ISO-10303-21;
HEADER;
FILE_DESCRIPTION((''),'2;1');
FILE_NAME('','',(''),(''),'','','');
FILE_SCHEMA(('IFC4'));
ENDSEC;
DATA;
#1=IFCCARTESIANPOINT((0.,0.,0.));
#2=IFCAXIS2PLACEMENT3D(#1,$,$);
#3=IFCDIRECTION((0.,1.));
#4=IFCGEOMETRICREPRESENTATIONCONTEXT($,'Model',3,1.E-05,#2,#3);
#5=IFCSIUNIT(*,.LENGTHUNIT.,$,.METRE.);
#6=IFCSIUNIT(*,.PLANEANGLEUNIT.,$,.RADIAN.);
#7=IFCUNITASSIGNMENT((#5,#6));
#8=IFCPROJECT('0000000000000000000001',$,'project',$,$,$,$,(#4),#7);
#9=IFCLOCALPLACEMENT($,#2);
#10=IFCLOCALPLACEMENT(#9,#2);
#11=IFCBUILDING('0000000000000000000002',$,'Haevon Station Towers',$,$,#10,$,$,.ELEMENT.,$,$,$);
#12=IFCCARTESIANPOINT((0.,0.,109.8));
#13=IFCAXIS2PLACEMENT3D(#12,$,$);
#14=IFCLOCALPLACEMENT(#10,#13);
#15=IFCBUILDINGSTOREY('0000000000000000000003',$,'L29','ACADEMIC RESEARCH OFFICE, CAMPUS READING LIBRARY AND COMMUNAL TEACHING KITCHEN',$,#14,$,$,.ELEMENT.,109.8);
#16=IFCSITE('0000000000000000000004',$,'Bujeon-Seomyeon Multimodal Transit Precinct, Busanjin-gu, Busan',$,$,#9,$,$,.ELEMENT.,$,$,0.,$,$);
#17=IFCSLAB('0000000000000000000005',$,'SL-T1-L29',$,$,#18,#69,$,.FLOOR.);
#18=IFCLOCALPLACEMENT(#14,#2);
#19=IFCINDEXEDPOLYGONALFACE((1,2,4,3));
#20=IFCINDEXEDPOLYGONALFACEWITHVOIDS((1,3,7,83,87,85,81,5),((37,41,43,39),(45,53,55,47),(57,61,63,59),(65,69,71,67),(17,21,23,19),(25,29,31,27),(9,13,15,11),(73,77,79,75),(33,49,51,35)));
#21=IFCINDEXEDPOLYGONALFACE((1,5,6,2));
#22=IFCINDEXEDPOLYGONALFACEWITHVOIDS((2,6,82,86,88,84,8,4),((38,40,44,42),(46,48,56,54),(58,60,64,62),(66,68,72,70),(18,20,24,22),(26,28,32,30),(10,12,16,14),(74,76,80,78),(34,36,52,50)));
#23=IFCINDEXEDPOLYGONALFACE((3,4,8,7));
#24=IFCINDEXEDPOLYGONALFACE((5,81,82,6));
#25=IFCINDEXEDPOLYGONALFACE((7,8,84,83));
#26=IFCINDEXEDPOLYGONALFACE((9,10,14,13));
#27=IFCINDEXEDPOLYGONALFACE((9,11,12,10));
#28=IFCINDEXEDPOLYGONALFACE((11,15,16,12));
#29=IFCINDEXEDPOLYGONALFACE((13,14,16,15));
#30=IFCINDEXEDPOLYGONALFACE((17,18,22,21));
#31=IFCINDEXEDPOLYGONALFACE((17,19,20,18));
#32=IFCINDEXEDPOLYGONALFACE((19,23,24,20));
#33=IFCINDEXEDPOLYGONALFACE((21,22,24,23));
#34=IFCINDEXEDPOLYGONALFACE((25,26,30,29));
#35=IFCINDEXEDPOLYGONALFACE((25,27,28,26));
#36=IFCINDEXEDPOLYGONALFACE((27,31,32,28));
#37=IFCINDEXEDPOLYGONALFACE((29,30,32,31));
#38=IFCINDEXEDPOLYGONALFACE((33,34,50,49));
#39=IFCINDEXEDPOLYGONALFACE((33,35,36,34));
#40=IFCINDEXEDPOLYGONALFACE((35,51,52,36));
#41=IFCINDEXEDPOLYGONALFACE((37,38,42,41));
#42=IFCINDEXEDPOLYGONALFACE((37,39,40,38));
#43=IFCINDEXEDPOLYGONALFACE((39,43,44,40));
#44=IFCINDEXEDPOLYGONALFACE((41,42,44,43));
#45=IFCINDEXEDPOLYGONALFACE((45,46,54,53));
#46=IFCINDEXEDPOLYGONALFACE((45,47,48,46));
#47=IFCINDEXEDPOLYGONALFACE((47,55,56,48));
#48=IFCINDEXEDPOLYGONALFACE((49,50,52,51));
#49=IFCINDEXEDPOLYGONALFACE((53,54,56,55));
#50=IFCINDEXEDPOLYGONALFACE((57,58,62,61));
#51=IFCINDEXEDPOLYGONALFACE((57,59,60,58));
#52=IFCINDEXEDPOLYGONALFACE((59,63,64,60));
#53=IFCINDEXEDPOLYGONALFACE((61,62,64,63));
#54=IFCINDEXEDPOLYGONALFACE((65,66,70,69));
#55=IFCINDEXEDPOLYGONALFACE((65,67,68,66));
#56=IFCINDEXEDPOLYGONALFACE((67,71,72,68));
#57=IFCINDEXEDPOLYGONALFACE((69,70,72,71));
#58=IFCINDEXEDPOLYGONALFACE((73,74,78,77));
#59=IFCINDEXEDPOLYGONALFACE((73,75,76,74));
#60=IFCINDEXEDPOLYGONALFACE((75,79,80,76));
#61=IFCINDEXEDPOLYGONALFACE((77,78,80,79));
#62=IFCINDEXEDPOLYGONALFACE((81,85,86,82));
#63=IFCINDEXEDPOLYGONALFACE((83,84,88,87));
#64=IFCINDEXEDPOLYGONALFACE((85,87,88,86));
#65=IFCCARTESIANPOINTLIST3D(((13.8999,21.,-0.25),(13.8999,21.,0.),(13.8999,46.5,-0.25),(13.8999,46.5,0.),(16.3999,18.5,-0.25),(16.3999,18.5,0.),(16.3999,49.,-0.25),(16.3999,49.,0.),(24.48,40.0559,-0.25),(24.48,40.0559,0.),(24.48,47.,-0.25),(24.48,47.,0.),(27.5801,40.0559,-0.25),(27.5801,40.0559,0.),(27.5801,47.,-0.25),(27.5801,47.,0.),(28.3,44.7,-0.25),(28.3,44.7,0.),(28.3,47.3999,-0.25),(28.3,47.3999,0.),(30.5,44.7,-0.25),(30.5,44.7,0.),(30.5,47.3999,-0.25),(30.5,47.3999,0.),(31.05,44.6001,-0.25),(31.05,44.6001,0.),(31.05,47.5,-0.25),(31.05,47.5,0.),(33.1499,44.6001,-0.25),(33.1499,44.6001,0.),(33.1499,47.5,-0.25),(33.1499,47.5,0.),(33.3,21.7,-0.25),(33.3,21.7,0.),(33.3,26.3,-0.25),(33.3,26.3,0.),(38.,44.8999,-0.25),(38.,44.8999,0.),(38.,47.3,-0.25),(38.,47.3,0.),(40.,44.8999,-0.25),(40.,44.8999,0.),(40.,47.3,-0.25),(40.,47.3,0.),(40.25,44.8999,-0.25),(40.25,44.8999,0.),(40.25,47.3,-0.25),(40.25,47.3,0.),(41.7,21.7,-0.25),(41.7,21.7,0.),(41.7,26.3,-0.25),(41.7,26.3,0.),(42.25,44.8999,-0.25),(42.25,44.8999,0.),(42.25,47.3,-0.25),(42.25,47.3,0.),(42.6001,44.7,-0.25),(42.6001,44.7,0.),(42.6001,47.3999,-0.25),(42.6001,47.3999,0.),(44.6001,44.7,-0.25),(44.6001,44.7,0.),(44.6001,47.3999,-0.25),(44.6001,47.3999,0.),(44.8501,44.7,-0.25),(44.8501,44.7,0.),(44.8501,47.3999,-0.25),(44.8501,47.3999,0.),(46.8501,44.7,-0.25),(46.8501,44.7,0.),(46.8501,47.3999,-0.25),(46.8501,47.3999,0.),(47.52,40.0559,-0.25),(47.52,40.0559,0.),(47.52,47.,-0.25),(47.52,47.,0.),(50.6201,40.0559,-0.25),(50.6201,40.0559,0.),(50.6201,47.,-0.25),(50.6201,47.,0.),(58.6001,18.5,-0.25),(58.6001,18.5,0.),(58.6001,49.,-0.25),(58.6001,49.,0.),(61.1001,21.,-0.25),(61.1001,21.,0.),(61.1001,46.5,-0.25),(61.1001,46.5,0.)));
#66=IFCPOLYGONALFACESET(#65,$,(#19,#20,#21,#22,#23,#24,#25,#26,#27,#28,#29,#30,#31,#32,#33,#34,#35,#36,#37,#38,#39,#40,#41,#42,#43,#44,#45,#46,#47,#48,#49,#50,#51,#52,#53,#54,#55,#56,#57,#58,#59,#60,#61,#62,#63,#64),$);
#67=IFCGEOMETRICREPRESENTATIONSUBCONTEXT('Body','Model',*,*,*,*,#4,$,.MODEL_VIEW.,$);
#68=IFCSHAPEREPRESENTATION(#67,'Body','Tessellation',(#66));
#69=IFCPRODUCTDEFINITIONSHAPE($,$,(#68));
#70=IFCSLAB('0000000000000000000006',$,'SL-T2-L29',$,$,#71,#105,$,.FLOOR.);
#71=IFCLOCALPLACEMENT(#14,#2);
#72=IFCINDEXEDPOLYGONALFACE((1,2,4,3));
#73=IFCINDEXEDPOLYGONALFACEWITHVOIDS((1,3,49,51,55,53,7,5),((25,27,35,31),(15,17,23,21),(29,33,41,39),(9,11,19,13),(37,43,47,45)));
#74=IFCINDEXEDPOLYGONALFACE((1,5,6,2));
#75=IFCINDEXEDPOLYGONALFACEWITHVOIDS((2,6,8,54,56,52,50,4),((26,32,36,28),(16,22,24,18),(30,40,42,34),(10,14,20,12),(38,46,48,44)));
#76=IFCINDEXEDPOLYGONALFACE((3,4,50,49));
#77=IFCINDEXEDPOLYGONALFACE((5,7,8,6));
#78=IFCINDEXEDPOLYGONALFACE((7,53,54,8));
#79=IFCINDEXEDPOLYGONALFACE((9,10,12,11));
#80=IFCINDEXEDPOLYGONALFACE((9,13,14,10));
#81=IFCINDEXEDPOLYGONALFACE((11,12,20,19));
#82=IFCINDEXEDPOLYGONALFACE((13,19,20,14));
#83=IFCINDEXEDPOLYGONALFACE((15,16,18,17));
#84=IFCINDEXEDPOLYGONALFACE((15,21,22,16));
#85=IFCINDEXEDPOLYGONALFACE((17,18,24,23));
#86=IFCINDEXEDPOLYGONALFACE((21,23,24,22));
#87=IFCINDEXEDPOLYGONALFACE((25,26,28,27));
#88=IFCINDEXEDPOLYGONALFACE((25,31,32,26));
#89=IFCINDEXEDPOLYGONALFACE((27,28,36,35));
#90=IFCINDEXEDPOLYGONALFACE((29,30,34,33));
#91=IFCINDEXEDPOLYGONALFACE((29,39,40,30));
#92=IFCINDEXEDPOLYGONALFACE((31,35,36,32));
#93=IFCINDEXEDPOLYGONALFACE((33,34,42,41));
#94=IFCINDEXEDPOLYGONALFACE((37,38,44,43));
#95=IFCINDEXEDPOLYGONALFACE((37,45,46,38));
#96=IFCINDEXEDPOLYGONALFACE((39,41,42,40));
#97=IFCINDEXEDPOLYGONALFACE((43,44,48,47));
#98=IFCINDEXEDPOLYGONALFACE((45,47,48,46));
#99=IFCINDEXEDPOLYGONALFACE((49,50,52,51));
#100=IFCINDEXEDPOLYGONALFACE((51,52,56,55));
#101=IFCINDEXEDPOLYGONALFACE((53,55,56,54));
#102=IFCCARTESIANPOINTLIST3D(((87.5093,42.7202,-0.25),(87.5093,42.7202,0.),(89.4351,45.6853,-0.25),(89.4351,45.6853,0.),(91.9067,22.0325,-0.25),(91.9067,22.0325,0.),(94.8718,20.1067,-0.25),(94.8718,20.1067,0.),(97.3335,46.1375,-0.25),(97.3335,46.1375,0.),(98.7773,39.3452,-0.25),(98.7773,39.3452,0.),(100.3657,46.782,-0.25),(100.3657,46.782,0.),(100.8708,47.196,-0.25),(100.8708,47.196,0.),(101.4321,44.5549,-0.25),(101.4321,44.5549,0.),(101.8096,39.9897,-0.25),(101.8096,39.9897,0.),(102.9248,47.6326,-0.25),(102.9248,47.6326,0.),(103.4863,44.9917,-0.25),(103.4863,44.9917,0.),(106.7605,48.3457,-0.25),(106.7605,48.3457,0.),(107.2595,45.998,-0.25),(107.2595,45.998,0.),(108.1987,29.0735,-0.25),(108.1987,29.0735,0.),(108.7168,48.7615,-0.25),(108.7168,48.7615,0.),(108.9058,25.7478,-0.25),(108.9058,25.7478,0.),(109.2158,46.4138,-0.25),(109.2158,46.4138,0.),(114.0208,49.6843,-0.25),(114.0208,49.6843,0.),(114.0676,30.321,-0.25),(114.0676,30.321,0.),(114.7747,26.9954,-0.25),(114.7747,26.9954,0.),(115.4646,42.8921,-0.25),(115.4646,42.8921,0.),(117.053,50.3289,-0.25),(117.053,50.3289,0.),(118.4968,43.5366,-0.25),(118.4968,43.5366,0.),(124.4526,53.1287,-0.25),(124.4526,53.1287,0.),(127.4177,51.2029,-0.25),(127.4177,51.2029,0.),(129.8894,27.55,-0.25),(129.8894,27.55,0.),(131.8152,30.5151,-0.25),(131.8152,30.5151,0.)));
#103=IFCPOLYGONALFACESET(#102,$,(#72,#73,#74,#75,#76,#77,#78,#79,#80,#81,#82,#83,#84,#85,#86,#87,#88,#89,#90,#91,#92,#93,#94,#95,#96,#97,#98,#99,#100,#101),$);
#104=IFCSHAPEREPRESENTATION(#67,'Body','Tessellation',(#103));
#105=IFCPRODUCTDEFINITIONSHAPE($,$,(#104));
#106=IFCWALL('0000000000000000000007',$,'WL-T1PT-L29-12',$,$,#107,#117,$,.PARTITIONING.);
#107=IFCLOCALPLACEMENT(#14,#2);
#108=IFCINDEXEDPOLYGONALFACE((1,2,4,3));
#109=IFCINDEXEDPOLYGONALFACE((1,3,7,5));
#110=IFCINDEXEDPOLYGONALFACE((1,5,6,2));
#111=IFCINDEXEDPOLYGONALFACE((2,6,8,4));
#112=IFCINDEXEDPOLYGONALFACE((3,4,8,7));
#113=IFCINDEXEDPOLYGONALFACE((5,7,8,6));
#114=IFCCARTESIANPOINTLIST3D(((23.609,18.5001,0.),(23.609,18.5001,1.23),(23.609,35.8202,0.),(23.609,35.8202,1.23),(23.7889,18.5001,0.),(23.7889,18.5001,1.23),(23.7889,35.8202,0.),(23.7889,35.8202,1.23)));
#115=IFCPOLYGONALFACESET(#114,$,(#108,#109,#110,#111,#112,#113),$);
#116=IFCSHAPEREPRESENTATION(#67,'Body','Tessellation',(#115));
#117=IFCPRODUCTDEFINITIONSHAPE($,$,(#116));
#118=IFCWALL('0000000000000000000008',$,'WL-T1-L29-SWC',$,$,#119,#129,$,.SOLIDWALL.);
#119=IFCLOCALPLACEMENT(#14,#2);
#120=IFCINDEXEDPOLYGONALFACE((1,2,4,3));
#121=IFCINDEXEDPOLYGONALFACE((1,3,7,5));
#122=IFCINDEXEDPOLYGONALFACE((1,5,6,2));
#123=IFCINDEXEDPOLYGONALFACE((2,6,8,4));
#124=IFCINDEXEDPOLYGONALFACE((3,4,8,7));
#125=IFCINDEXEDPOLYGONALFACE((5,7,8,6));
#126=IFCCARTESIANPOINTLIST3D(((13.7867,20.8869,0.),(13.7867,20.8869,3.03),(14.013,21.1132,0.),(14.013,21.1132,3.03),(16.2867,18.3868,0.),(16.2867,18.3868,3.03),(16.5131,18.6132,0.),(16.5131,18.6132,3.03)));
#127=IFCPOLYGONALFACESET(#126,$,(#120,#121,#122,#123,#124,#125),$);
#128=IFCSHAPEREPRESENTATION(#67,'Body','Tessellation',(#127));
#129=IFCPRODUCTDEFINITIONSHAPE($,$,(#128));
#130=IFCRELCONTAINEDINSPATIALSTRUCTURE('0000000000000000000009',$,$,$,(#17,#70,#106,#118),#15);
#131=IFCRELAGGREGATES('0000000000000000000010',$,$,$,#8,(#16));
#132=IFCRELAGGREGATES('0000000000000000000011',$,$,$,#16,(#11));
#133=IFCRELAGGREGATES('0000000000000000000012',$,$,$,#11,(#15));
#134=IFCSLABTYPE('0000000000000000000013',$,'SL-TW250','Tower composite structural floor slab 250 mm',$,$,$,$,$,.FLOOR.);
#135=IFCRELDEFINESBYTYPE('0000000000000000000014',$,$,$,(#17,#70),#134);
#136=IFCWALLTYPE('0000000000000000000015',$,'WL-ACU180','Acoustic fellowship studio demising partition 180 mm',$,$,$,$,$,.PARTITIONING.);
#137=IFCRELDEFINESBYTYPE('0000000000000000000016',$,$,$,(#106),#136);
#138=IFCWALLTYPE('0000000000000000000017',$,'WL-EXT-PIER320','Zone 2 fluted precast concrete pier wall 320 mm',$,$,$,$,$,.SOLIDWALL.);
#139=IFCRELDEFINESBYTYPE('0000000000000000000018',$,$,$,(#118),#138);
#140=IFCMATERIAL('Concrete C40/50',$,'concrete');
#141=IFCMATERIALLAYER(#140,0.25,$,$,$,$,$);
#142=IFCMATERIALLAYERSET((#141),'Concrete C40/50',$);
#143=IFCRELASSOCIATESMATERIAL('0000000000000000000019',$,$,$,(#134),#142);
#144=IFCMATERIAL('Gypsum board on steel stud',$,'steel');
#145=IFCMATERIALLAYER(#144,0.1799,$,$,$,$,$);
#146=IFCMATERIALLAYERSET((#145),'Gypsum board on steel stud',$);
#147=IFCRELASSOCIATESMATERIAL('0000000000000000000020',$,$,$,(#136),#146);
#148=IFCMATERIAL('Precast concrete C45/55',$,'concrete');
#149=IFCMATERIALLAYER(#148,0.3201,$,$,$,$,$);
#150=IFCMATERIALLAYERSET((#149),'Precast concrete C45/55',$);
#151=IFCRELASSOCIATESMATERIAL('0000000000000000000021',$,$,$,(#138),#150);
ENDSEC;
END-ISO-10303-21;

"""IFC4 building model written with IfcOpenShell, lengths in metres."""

from ifc_helpers import new_model, si_unit, direction, frame, frame_2d, origin, place, context, subcontext, project, spatial, polyline, rectangle, outline, extrude, material, layer, layer_set, type_object, element, save


model = new_model("IFC4")

# Units and contexts
model_context = context("Model", 3, precision=1e-05, world=origin(), true_north=direction((0.0, 1.0)))
body_context = subcontext(model_context, "Body", "Model", "MODEL_VIEW")
ifc_project = project(units=[si_unit("LENGTHUNIT", "METRE"), si_unit("PLANEANGLEUNIT", "RADIAN")], contexts=[model_context])

# Site, building, storey
site_placement = place(None, origin())
site = spatial("IfcSite", under=ifc_project, at=site_placement, Name="Bujeon-Seomyeon Multimodal Transit Precinct, Busanjin-gu, Busan", CompositionType="ELEMENT", RefElevation=0.0)
building_placement = place(site_placement, origin())
building = spatial("IfcBuilding", under=site, at=building_placement, Name="Haevon Station Towers", CompositionType="ELEMENT")
storey_placement = place(building_placement, frame((0.0, 0.0, 109.8)))
storey = spatial("IfcBuildingStorey", under=building, at=storey_placement, Name="L29", Description="ACADEMIC RESEARCH OFFICE, CAMPUS READING LIBRARY AND COMMUNAL TEACHING KITCHEN", CompositionType="ELEMENT", Elevation=109.8)

# Shared definitions
ifc_material_1 = material(Name="Concrete C40/50", Category="concrete")

# Slabs
ifc_layer_1 = layer(ifc_material_1, 0.25)
ifc_layer_set_1 = layer_set([ifc_layer_1], Name="Concrete C40/50")
slab_type_1 = type_object("IfcSlabType", Name="SL-TW250", Description="Tower composite structural floor slab 250 mm", PredefinedType="FLOOR", material=ifc_layer_set_1)
slab_1_placement = place(storey_placement, frame((0.0, 0.0, -0.25)))
element("IfcSlab", 1, at=slab_1_placement, inside=storey, type_object=slab_type_1, Name="SL-T1-L29", PredefinedType="FLOOR", context=body_context, shape_type="SweptSolid", body=[
    extrude(outline(polyline([(16.3999, 18.5), (58.6001, 18.5), (61.1001, 21.0), (61.1001, 46.5), (58.6001, 49.0), (16.3999, 49.0), (13.8999, 46.5), (13.8999, 21.0), (16.3999, 18.5)]), holes=[polyline([(27.5801, 40.0559), (27.5801, 47.0), (24.48, 47.0), (24.48, 40.0559), (27.5801, 40.0559)]), polyline([(50.6201, 40.0559), (50.6201, 47.0), (47.52, 47.0), (47.52, 40.0559), (50.6201, 40.0559)]), polyline([(28.3, 44.7), (30.5, 44.7), (30.5, 47.3999), (28.3, 47.3999), (28.3, 44.7)]), polyline([(31.05, 44.6001), (33.1499, 44.6001), (33.1499, 47.5), (31.05, 47.5), (31.05, 44.6001)]), polyline([(38.0, 44.8999), (40.0, 44.8999), (40.0, 47.3), (38.0, 47.3), (38.0, 44.8999)]), polyline([(40.25, 44.8999), (42.25, 44.8999), (42.25, 47.3), (40.25, 47.3), (40.25, 44.8999)]), polyline([(42.6001, 44.7), (44.6001, 44.7), (44.6001, 47.3999), (42.6001, 47.3999), (42.6001, 44.7)]), polyline([(44.8501, 44.7), (46.8501, 44.7), (46.8501, 47.3999), (44.8501, 47.3999), (44.8501, 44.7)]), polyline([(33.3, 21.7), (41.7, 21.7), (41.7, 26.3), (33.3, 26.3), (33.3, 21.7)])]), origin(), (0.0, 0.0, 1.0), 0.25),
])
slab_2_placement = place(storey_placement, frame((0.0, 0.0, -0.25)))
element("IfcSlab", 2, at=slab_2_placement, inside=storey, type_object=slab_type_1, Name="SL-T2-L29", PredefinedType="FLOOR", context=body_context, shape_type="SweptSolid", body=[
    extrude(outline(polyline([(94.8718, 20.1067), (129.8894, 27.55), (131.8152, 30.5151), (127.4177, 51.2029), (124.4526, 53.1287), (89.4351, 45.6853), (87.5093, 42.7202), (91.9067, 22.0325), (94.8718, 20.1067)]), holes=[polyline([(101.8096, 39.9897), (100.3657, 46.782), (97.3335, 46.1375), (98.7773, 39.3452), (101.8096, 39.9897)]), polyline([(118.4968, 43.5366), (117.053, 50.3289), (114.0208, 49.6843), (115.4646, 42.8921), (118.4968, 43.5366)]), polyline([(101.4321, 44.5549), (103.4863, 44.9917), (102.9248, 47.6326), (100.8708, 47.196), (101.4321, 44.5549)]), polyline([(107.2595, 45.998), (109.2158, 46.4138), (108.7168, 48.7615), (106.7605, 48.3457), (107.2595, 45.998)]), polyline([(108.9058, 25.7478), (114.7747, 26.9954), (114.0676, 30.321), (108.1987, 29.0735), (108.9058, 25.7478)])]), origin(), (0.0, 0.0, 1.0), 0.25),
])

# Walls
ifc_material_2 = material(Name="Gypsum board on steel stud", Category="steel")
ifc_layer_2 = layer(ifc_material_2, 0.1799)
ifc_layer_set_2 = layer_set([ifc_layer_2], Name="Gypsum board on steel stud")
wall_type_1 = type_object("IfcWallType", Name="WL-ACU180", Description="Acoustic fellowship studio demising partition 180 mm", PredefinedType="PARTITIONING", material=ifc_layer_set_2)
wall_1_placement = place(storey_placement, frame((23.699, 18.5, 0.0), z_axis=(0.0, 0.0, 1.0), x_axis=(0.0, 1.0, 0.0)))
element("IfcWall", 3, at=wall_1_placement, inside=storey, type_object=wall_type_1, Name="WL-T1PT-L29-12", PredefinedType="PARTITIONING", context=body_context, shape_type="SweptSolid", body=[
    extrude(rectangle(XDim=17.3201, YDim=0.1799, at=frame_2d((8.6602, 0.0))), origin(), (0.0, 0.0, 1.0), 1.23),
])
ifc_material_3 = material(Name="Precast concrete C45/55", Category="concrete")
ifc_layer_3 = layer(ifc_material_3, 0.3201)
ifc_layer_set_3 = layer_set([ifc_layer_3], Name="Precast concrete C45/55")
wall_type_2 = type_object("IfcWallType", Name="WL-EXT-PIER320", Description="Zone 2 fluted precast concrete pier wall 320 mm", PredefinedType="SOLIDWALL", material=ifc_layer_set_3)
wall_2_placement = place(storey_placement, frame((16.3999, 18.5, 0.0), z_axis=(0.0, 0.0, 1.0), x_axis=(-0.707107, 0.707107, 0.0)))
element("IfcWall", 4, at=wall_2_placement, inside=storey, type_object=wall_type_2, Name="WL-T1-L29-SWC", PredefinedType="SOLIDWALL", context=body_context, shape_type="SweptSolid", body=[
    extrude(rectangle(XDim=3.5356, YDim=0.3201, at=frame_2d((1.7678, 0.0))), origin(), (0.0, 0.0, 1.0), 3.03),
])

save(model, "model.ifc")
